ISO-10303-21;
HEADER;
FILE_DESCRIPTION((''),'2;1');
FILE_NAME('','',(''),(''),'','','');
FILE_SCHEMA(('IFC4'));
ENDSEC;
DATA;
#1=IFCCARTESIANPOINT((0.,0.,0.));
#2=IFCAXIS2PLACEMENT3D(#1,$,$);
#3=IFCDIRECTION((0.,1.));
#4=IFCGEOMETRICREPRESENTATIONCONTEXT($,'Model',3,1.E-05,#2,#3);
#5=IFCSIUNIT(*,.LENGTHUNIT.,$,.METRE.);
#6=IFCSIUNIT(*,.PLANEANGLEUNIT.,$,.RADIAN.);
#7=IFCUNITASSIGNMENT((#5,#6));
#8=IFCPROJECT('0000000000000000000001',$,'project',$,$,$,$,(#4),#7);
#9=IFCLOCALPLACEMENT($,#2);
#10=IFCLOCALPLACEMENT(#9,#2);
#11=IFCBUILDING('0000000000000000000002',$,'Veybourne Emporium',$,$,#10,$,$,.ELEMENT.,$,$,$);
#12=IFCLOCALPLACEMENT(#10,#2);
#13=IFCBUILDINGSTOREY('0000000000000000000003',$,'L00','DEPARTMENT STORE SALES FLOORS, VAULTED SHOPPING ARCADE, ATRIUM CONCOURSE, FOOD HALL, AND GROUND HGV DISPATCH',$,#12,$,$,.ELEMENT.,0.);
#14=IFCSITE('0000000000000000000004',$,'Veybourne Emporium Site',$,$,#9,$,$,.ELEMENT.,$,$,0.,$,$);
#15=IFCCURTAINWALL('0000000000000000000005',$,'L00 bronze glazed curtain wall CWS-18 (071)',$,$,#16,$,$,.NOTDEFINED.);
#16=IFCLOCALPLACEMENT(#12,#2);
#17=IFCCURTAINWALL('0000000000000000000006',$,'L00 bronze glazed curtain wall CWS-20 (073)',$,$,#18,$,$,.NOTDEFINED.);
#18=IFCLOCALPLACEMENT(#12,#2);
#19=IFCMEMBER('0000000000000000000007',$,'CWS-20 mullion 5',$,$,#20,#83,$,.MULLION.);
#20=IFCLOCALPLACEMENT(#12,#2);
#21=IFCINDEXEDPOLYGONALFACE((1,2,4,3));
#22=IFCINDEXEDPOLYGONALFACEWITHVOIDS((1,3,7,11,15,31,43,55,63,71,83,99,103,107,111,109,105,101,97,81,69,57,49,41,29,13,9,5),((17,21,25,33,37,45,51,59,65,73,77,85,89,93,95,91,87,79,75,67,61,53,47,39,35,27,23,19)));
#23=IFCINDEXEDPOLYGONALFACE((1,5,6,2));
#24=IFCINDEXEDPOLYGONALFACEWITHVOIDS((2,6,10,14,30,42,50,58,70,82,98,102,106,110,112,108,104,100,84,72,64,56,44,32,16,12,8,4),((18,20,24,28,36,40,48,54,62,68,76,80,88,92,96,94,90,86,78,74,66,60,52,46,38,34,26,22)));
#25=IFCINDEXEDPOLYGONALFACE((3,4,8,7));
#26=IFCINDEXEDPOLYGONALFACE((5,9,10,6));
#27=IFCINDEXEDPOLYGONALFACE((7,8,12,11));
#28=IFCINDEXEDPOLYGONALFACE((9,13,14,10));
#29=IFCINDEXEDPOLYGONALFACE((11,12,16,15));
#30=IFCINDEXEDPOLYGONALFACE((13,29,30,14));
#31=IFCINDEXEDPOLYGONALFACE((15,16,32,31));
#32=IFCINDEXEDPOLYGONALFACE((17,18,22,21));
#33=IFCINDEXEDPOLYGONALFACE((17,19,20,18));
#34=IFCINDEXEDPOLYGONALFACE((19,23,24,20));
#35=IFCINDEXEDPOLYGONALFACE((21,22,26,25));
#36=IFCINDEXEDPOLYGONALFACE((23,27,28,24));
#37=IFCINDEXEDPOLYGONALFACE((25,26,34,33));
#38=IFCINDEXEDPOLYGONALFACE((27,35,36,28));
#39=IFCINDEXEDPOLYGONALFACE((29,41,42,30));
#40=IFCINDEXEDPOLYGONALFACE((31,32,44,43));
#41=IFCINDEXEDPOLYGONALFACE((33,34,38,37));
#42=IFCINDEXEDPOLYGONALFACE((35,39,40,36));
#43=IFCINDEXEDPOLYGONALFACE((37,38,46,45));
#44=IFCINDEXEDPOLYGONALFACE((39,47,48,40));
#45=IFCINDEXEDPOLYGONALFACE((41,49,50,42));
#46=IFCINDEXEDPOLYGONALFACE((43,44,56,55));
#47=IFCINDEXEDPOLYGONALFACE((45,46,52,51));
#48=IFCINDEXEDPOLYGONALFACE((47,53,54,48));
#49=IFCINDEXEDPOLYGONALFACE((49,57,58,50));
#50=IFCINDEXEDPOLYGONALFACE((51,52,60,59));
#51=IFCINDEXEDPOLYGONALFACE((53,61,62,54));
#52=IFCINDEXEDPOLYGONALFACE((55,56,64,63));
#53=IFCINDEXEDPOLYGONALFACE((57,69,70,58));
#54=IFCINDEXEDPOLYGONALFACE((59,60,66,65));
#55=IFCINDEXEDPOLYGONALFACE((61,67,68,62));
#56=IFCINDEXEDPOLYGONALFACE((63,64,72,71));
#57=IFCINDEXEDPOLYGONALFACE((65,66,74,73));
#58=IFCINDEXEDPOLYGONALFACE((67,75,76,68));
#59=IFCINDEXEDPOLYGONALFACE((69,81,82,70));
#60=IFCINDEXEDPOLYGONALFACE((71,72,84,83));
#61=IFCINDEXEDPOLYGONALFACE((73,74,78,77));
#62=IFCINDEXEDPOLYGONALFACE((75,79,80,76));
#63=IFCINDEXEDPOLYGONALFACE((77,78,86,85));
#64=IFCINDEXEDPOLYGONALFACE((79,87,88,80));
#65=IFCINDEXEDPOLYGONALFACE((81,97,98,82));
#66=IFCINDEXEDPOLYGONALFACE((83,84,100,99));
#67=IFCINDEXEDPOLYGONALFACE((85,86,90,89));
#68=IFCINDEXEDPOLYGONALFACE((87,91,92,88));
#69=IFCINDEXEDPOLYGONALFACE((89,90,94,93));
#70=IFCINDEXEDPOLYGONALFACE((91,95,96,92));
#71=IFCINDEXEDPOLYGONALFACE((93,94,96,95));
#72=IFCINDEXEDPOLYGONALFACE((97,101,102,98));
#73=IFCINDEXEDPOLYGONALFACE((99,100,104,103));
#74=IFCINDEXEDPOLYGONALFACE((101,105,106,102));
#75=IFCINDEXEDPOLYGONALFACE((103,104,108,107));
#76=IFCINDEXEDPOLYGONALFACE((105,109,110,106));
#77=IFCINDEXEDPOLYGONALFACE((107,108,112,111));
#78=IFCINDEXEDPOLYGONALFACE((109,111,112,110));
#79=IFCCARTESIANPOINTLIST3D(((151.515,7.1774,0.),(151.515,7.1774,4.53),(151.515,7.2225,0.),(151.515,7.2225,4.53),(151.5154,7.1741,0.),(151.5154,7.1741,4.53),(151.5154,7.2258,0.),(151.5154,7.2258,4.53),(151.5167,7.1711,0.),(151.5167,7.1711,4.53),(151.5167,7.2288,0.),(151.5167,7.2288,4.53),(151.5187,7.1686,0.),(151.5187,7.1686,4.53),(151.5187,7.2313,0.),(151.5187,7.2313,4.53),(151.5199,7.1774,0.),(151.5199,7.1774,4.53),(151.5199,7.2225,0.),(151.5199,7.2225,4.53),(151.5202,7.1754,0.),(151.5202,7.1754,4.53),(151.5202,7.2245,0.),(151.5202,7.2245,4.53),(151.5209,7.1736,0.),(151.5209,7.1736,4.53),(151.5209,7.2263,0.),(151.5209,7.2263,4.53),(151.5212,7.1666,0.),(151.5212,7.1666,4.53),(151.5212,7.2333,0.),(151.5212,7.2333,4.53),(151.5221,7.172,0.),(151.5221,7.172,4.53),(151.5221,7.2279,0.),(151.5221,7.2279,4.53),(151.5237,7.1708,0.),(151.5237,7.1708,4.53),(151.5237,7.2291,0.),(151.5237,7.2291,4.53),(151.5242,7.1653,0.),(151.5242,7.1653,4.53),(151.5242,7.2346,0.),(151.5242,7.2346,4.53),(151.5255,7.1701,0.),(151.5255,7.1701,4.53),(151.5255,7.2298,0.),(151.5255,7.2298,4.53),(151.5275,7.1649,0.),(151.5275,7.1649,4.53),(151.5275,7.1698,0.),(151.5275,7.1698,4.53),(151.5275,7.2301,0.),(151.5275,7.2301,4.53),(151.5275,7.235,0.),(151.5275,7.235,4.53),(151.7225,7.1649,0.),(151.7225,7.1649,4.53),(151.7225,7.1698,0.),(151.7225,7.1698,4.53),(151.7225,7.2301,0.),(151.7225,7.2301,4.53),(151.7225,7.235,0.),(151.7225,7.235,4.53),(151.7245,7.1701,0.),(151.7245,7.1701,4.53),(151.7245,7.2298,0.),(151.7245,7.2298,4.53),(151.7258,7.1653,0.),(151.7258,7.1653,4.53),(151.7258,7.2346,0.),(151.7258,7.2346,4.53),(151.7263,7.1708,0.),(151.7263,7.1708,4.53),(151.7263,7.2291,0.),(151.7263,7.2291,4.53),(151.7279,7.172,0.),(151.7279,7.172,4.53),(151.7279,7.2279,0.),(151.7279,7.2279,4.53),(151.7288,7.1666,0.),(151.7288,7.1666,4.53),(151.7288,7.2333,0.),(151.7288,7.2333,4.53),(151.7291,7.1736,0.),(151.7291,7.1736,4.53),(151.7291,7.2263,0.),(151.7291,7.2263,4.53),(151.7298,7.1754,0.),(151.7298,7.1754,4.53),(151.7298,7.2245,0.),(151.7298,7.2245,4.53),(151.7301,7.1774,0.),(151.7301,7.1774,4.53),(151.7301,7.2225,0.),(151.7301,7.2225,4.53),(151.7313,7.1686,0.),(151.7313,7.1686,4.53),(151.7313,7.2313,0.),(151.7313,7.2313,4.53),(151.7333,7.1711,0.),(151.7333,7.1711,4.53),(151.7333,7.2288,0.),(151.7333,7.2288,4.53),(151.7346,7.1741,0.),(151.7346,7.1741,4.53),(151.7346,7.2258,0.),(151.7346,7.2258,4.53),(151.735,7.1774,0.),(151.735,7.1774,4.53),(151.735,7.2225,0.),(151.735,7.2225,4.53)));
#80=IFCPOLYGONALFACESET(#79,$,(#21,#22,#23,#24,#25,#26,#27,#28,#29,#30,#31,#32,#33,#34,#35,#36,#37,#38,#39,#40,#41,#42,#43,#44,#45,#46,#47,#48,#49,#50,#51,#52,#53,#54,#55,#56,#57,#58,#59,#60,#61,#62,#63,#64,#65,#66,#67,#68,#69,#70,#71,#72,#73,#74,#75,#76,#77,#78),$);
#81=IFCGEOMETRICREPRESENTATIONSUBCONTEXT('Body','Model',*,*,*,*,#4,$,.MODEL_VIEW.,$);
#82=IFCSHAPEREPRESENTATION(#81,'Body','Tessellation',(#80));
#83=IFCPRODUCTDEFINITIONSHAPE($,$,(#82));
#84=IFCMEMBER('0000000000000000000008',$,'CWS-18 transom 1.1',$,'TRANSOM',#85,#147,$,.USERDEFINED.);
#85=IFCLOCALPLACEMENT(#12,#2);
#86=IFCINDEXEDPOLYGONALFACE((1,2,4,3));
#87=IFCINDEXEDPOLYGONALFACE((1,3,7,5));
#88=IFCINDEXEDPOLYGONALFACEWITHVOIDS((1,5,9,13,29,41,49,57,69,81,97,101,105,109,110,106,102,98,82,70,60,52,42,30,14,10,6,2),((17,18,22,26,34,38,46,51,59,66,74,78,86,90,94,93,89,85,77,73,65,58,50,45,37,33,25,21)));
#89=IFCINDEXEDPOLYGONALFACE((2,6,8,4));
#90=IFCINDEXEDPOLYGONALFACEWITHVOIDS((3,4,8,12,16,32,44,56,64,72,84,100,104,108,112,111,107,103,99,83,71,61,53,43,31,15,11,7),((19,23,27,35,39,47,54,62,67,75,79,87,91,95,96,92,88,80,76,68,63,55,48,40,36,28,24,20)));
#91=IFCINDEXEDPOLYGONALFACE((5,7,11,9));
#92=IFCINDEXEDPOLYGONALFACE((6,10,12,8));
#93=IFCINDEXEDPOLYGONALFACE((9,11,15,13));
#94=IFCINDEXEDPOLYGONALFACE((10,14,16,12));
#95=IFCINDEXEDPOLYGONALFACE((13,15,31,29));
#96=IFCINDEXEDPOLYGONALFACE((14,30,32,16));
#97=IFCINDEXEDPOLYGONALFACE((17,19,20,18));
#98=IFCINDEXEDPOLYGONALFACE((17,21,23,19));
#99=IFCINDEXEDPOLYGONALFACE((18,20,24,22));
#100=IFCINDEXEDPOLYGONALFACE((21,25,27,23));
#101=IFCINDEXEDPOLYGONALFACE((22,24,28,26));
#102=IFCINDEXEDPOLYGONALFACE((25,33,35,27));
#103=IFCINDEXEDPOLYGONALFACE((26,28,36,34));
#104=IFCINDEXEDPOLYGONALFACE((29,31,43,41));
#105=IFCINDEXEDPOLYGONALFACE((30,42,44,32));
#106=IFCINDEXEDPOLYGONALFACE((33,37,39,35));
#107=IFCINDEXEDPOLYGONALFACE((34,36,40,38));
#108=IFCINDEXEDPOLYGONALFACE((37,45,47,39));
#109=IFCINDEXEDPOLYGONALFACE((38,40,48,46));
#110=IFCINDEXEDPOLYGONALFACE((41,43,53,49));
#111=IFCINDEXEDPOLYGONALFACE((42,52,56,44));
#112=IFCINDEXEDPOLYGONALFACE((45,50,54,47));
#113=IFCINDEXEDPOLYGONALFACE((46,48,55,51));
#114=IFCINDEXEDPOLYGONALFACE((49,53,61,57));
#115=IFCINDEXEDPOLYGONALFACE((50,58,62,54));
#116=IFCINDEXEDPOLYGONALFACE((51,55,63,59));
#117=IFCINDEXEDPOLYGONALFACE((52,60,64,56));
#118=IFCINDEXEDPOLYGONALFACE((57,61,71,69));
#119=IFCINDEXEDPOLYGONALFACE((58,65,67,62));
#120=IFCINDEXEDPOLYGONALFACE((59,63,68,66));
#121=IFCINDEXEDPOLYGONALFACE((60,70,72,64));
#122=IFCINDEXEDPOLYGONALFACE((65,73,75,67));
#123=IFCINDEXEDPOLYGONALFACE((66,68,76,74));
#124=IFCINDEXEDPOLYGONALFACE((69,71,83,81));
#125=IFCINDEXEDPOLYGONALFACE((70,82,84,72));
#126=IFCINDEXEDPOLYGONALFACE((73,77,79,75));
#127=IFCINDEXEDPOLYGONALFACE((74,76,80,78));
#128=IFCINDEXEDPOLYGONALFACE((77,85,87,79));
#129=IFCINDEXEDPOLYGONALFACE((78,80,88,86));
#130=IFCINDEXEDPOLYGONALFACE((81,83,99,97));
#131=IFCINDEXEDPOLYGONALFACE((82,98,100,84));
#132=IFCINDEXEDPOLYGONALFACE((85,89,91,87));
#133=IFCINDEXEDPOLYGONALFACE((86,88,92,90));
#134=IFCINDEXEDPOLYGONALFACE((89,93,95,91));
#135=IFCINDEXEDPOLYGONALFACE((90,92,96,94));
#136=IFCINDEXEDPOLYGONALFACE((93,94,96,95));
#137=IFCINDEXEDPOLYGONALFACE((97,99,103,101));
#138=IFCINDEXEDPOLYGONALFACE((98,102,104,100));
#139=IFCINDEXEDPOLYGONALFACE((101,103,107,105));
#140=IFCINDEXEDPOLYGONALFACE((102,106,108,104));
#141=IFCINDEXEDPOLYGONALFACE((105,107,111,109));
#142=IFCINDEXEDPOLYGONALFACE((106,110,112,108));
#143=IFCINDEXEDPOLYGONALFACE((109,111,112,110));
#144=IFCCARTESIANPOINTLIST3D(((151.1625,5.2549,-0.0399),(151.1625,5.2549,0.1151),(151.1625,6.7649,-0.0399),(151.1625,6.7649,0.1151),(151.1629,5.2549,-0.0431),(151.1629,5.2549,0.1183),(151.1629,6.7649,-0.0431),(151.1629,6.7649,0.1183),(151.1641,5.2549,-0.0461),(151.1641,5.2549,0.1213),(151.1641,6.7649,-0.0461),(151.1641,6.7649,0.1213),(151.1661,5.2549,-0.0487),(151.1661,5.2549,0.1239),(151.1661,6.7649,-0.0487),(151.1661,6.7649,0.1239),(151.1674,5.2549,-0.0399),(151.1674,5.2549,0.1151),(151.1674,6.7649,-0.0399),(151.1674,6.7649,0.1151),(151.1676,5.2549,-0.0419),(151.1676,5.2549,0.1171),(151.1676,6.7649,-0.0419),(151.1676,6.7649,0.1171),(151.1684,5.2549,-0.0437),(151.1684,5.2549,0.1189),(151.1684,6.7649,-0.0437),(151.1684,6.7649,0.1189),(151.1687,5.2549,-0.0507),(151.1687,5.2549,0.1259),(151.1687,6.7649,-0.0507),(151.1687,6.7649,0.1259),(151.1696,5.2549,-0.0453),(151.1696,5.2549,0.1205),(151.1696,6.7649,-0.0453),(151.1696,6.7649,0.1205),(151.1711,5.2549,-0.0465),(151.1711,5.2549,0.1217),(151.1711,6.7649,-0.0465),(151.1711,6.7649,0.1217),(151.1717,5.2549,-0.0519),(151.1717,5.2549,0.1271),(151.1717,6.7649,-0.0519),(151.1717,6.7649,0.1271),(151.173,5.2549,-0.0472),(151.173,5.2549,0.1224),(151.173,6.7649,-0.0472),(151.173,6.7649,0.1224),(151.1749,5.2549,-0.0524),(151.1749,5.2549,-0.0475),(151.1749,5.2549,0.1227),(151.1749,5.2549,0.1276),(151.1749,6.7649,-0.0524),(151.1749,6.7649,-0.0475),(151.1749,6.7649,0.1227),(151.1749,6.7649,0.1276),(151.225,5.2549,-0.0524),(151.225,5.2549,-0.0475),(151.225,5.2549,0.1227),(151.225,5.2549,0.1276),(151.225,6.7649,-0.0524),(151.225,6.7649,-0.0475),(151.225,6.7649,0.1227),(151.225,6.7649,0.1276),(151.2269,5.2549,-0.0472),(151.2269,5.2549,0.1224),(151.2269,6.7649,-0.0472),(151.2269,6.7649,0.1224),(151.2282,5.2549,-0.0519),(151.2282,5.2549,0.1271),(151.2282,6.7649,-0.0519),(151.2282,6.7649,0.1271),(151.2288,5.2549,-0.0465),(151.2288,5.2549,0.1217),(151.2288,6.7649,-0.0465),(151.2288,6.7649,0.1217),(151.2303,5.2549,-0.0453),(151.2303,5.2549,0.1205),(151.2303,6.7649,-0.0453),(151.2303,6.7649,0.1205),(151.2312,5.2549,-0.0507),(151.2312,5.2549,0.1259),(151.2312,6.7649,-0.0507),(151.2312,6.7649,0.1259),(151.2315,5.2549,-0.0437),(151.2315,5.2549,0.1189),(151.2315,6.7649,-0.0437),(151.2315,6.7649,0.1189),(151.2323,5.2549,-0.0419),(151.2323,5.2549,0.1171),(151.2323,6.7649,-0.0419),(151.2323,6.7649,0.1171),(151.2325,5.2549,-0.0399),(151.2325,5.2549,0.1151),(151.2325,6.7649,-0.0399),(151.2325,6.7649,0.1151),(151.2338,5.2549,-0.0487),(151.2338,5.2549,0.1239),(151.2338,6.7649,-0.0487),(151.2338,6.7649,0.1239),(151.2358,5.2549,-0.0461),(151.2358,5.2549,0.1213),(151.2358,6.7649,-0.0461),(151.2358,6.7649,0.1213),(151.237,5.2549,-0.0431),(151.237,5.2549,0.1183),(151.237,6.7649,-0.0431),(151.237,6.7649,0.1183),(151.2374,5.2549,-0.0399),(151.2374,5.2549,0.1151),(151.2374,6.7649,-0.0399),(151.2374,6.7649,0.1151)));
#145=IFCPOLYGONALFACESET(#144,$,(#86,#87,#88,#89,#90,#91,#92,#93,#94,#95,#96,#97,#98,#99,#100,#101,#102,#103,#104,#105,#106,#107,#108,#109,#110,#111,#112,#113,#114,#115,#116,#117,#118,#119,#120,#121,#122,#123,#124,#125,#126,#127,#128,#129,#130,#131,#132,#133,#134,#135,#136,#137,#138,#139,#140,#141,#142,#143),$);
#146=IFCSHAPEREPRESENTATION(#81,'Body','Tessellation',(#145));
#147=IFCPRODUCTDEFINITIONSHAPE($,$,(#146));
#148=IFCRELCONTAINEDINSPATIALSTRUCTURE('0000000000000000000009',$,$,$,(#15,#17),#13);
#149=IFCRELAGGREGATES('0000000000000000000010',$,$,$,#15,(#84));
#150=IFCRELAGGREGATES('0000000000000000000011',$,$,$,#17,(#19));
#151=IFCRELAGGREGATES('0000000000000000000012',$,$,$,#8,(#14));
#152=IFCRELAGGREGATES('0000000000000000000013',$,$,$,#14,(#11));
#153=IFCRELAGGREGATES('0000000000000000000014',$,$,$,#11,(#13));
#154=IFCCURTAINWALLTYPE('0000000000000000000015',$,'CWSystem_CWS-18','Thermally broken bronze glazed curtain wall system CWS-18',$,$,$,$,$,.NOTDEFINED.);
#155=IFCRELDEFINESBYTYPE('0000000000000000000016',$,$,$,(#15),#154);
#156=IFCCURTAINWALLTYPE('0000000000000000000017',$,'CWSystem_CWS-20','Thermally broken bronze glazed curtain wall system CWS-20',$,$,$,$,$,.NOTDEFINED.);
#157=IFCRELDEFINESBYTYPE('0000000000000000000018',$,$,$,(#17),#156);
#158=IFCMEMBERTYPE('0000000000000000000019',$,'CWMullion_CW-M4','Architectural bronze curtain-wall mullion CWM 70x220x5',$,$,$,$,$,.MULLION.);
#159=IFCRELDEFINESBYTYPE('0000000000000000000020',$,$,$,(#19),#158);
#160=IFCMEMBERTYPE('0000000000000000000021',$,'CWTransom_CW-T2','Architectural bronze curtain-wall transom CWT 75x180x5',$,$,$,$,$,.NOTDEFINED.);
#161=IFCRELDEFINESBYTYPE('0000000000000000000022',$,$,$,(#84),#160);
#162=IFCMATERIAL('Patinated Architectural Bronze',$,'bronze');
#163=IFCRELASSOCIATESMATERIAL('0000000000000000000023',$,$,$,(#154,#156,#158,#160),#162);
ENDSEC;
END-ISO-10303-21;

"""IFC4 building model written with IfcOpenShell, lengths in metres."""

from ifc_helpers import new_model, si_unit, direction, frame, origin, origin_2d, place, context, subcontext, project, spatial, hollow_rectangle, extrude, material, material_profile, profile_set, type_object, element, aggregate, save


model = new_model("IFC4")

# Units and contexts
model_context = context("Model", 3, precision=1e-05, world=origin(), true_north=direction((0.0, 1.0)))
body_context = subcontext(model_context, "Body", "Model", "MODEL_VIEW")
ifc_project = project(units=[si_unit("LENGTHUNIT", "METRE"), si_unit("PLANEANGLEUNIT", "RADIAN")], contexts=[model_context])

# Site, building, storey
site_placement = place(None, origin())
site = spatial("IfcSite", under=ifc_project, at=site_placement, Name="Veybourne Emporium Site", CompositionType="ELEMENT", RefElevation=0.0)
building_placement = place(site_placement, origin())
building = spatial("IfcBuilding", under=site, at=building_placement, Name="Veybourne Emporium", CompositionType="ELEMENT")
storey_placement = place(building_placement, origin())
storey = spatial("IfcBuildingStorey", under=building, at=storey_placement, Name="L00", Description="DEPARTMENT STORE SALES FLOORS, VAULTED SHOPPING ARCADE, ATRIUM CONCOURSE, FOOD HALL, AND GROUND HGV DISPATCH", CompositionType="ELEMENT", Elevation=0.0)

# Curtain walls, member
ifc_material_1 = material(Name="Patinated Architectural Bronze", Category="bronze")
curtain_wall_type_1 = type_object("IfcCurtainWallType", Name="CWSystem_CWS-18", Description="Thermally broken bronze glazed curtain wall system CWS-18", PredefinedType="NOTDEFINED", material=ifc_material_1)
curtain_wall_1_placement = place(storey_placement, origin())
curtain_wall_1 = element("IfcCurtainWall", 1, at=curtain_wall_1_placement, inside=storey, type_object=curtain_wall_type_1, Name="L00 bronze glazed curtain wall CWS-18 (071)", PredefinedType="NOTDEFINED")
curtain_wall_type_2 = type_object("IfcCurtainWallType", Name="CWSystem_CWS-20", Description="Thermally broken bronze glazed curtain wall system CWS-20", PredefinedType="NOTDEFINED", material=ifc_material_1)
curtain_wall_2_placement = place(storey_placement, origin())
curtain_wall_2 = element("IfcCurtainWall", 2, at=curtain_wall_2_placement, inside=storey, type_object=curtain_wall_type_2, Name="L00 bronze glazed curtain wall CWS-20 (073)", PredefinedType="NOTDEFINED")
ifc_material_profile_1 = material_profile(ifc_material_1, hollow_rectangle(XDim=0.0701, YDim=0.22, WallThickness=0.0049, InnerFilletRadius=0.0076, OuterFilletRadius=0.0125, at=origin_2d()), Name="CWM 70x220x5")
ifc_profile_set_1 = profile_set([ifc_material_profile_1], Name="Patinated Architectural Bronze")
member_type_1 = type_object("IfcMemberType", Name="CWMullion_CW-M4", Description="Architectural bronze curtain-wall mullion CWM 70x220x5", PredefinedType="MULLION", material=ifc_profile_set_1)
member_1_placement = place(storey_placement, frame((151.625, 7.2, 0.0), z_axis=(0.0, 0.0, 1.0), x_axis=(0.0, -1.0, 0.0)))
member_1 = element("IfcMember", 3, at=member_1_placement, type_object=member_type_1, Name="CWS-20 mullion 5", PredefinedType="MULLION", context=body_context, shape_type="SweptSolid", body=[
    extrude(hollow_rectangle(XDim=0.0701, YDim=0.22, WallThickness=0.0049, InnerFilletRadius=0.0076, OuterFilletRadius=0.0125, at=origin_2d()), origin(), (0.0, 0.0, 1.0), 4.53),
])

# Member
ifc_material_profile_2 = material_profile(ifc_material_1, hollow_rectangle(XDim=0.075, YDim=0.1799, WallThickness=0.0049, InnerFilletRadius=0.0076, OuterFilletRadius=0.0125, at=origin_2d()), Name="CWT 75x180x5")
ifc_profile_set_2 = profile_set([ifc_material_profile_2], Name="Patinated Architectural Bronze")
member_type_2 = type_object("IfcMemberType", Name="CWTransom_CW-T2", Description="Architectural bronze curtain-wall transom CWT 75x180x5", PredefinedType="NOTDEFINED", material=ifc_profile_set_2)
member_2_placement = place(storey_placement, frame((151.2, 6.7649, 0.0376), z_axis=(0.0, -1.0, 0.0), x_axis=(1.0, 0.0, 0.0)))
member_2 = element("IfcMember", 4, at=member_2_placement, type_object=member_type_2, Name="CWS-18 transom 1.1", ObjectType="TRANSOM", PredefinedType="USERDEFINED", context=body_context, shape_type="SweptSolid", body=[
    extrude(hollow_rectangle(XDim=0.075, YDim=0.1799, WallThickness=0.0049, InnerFilletRadius=0.0076, OuterFilletRadius=0.0125, at=origin_2d()), origin(), (0.0, 0.0, 1.0), 1.51),
])

aggregate(curtain_wall_1, [member_2])
aggregate(curtain_wall_2, [member_1])

save(model, "model.ifc")
